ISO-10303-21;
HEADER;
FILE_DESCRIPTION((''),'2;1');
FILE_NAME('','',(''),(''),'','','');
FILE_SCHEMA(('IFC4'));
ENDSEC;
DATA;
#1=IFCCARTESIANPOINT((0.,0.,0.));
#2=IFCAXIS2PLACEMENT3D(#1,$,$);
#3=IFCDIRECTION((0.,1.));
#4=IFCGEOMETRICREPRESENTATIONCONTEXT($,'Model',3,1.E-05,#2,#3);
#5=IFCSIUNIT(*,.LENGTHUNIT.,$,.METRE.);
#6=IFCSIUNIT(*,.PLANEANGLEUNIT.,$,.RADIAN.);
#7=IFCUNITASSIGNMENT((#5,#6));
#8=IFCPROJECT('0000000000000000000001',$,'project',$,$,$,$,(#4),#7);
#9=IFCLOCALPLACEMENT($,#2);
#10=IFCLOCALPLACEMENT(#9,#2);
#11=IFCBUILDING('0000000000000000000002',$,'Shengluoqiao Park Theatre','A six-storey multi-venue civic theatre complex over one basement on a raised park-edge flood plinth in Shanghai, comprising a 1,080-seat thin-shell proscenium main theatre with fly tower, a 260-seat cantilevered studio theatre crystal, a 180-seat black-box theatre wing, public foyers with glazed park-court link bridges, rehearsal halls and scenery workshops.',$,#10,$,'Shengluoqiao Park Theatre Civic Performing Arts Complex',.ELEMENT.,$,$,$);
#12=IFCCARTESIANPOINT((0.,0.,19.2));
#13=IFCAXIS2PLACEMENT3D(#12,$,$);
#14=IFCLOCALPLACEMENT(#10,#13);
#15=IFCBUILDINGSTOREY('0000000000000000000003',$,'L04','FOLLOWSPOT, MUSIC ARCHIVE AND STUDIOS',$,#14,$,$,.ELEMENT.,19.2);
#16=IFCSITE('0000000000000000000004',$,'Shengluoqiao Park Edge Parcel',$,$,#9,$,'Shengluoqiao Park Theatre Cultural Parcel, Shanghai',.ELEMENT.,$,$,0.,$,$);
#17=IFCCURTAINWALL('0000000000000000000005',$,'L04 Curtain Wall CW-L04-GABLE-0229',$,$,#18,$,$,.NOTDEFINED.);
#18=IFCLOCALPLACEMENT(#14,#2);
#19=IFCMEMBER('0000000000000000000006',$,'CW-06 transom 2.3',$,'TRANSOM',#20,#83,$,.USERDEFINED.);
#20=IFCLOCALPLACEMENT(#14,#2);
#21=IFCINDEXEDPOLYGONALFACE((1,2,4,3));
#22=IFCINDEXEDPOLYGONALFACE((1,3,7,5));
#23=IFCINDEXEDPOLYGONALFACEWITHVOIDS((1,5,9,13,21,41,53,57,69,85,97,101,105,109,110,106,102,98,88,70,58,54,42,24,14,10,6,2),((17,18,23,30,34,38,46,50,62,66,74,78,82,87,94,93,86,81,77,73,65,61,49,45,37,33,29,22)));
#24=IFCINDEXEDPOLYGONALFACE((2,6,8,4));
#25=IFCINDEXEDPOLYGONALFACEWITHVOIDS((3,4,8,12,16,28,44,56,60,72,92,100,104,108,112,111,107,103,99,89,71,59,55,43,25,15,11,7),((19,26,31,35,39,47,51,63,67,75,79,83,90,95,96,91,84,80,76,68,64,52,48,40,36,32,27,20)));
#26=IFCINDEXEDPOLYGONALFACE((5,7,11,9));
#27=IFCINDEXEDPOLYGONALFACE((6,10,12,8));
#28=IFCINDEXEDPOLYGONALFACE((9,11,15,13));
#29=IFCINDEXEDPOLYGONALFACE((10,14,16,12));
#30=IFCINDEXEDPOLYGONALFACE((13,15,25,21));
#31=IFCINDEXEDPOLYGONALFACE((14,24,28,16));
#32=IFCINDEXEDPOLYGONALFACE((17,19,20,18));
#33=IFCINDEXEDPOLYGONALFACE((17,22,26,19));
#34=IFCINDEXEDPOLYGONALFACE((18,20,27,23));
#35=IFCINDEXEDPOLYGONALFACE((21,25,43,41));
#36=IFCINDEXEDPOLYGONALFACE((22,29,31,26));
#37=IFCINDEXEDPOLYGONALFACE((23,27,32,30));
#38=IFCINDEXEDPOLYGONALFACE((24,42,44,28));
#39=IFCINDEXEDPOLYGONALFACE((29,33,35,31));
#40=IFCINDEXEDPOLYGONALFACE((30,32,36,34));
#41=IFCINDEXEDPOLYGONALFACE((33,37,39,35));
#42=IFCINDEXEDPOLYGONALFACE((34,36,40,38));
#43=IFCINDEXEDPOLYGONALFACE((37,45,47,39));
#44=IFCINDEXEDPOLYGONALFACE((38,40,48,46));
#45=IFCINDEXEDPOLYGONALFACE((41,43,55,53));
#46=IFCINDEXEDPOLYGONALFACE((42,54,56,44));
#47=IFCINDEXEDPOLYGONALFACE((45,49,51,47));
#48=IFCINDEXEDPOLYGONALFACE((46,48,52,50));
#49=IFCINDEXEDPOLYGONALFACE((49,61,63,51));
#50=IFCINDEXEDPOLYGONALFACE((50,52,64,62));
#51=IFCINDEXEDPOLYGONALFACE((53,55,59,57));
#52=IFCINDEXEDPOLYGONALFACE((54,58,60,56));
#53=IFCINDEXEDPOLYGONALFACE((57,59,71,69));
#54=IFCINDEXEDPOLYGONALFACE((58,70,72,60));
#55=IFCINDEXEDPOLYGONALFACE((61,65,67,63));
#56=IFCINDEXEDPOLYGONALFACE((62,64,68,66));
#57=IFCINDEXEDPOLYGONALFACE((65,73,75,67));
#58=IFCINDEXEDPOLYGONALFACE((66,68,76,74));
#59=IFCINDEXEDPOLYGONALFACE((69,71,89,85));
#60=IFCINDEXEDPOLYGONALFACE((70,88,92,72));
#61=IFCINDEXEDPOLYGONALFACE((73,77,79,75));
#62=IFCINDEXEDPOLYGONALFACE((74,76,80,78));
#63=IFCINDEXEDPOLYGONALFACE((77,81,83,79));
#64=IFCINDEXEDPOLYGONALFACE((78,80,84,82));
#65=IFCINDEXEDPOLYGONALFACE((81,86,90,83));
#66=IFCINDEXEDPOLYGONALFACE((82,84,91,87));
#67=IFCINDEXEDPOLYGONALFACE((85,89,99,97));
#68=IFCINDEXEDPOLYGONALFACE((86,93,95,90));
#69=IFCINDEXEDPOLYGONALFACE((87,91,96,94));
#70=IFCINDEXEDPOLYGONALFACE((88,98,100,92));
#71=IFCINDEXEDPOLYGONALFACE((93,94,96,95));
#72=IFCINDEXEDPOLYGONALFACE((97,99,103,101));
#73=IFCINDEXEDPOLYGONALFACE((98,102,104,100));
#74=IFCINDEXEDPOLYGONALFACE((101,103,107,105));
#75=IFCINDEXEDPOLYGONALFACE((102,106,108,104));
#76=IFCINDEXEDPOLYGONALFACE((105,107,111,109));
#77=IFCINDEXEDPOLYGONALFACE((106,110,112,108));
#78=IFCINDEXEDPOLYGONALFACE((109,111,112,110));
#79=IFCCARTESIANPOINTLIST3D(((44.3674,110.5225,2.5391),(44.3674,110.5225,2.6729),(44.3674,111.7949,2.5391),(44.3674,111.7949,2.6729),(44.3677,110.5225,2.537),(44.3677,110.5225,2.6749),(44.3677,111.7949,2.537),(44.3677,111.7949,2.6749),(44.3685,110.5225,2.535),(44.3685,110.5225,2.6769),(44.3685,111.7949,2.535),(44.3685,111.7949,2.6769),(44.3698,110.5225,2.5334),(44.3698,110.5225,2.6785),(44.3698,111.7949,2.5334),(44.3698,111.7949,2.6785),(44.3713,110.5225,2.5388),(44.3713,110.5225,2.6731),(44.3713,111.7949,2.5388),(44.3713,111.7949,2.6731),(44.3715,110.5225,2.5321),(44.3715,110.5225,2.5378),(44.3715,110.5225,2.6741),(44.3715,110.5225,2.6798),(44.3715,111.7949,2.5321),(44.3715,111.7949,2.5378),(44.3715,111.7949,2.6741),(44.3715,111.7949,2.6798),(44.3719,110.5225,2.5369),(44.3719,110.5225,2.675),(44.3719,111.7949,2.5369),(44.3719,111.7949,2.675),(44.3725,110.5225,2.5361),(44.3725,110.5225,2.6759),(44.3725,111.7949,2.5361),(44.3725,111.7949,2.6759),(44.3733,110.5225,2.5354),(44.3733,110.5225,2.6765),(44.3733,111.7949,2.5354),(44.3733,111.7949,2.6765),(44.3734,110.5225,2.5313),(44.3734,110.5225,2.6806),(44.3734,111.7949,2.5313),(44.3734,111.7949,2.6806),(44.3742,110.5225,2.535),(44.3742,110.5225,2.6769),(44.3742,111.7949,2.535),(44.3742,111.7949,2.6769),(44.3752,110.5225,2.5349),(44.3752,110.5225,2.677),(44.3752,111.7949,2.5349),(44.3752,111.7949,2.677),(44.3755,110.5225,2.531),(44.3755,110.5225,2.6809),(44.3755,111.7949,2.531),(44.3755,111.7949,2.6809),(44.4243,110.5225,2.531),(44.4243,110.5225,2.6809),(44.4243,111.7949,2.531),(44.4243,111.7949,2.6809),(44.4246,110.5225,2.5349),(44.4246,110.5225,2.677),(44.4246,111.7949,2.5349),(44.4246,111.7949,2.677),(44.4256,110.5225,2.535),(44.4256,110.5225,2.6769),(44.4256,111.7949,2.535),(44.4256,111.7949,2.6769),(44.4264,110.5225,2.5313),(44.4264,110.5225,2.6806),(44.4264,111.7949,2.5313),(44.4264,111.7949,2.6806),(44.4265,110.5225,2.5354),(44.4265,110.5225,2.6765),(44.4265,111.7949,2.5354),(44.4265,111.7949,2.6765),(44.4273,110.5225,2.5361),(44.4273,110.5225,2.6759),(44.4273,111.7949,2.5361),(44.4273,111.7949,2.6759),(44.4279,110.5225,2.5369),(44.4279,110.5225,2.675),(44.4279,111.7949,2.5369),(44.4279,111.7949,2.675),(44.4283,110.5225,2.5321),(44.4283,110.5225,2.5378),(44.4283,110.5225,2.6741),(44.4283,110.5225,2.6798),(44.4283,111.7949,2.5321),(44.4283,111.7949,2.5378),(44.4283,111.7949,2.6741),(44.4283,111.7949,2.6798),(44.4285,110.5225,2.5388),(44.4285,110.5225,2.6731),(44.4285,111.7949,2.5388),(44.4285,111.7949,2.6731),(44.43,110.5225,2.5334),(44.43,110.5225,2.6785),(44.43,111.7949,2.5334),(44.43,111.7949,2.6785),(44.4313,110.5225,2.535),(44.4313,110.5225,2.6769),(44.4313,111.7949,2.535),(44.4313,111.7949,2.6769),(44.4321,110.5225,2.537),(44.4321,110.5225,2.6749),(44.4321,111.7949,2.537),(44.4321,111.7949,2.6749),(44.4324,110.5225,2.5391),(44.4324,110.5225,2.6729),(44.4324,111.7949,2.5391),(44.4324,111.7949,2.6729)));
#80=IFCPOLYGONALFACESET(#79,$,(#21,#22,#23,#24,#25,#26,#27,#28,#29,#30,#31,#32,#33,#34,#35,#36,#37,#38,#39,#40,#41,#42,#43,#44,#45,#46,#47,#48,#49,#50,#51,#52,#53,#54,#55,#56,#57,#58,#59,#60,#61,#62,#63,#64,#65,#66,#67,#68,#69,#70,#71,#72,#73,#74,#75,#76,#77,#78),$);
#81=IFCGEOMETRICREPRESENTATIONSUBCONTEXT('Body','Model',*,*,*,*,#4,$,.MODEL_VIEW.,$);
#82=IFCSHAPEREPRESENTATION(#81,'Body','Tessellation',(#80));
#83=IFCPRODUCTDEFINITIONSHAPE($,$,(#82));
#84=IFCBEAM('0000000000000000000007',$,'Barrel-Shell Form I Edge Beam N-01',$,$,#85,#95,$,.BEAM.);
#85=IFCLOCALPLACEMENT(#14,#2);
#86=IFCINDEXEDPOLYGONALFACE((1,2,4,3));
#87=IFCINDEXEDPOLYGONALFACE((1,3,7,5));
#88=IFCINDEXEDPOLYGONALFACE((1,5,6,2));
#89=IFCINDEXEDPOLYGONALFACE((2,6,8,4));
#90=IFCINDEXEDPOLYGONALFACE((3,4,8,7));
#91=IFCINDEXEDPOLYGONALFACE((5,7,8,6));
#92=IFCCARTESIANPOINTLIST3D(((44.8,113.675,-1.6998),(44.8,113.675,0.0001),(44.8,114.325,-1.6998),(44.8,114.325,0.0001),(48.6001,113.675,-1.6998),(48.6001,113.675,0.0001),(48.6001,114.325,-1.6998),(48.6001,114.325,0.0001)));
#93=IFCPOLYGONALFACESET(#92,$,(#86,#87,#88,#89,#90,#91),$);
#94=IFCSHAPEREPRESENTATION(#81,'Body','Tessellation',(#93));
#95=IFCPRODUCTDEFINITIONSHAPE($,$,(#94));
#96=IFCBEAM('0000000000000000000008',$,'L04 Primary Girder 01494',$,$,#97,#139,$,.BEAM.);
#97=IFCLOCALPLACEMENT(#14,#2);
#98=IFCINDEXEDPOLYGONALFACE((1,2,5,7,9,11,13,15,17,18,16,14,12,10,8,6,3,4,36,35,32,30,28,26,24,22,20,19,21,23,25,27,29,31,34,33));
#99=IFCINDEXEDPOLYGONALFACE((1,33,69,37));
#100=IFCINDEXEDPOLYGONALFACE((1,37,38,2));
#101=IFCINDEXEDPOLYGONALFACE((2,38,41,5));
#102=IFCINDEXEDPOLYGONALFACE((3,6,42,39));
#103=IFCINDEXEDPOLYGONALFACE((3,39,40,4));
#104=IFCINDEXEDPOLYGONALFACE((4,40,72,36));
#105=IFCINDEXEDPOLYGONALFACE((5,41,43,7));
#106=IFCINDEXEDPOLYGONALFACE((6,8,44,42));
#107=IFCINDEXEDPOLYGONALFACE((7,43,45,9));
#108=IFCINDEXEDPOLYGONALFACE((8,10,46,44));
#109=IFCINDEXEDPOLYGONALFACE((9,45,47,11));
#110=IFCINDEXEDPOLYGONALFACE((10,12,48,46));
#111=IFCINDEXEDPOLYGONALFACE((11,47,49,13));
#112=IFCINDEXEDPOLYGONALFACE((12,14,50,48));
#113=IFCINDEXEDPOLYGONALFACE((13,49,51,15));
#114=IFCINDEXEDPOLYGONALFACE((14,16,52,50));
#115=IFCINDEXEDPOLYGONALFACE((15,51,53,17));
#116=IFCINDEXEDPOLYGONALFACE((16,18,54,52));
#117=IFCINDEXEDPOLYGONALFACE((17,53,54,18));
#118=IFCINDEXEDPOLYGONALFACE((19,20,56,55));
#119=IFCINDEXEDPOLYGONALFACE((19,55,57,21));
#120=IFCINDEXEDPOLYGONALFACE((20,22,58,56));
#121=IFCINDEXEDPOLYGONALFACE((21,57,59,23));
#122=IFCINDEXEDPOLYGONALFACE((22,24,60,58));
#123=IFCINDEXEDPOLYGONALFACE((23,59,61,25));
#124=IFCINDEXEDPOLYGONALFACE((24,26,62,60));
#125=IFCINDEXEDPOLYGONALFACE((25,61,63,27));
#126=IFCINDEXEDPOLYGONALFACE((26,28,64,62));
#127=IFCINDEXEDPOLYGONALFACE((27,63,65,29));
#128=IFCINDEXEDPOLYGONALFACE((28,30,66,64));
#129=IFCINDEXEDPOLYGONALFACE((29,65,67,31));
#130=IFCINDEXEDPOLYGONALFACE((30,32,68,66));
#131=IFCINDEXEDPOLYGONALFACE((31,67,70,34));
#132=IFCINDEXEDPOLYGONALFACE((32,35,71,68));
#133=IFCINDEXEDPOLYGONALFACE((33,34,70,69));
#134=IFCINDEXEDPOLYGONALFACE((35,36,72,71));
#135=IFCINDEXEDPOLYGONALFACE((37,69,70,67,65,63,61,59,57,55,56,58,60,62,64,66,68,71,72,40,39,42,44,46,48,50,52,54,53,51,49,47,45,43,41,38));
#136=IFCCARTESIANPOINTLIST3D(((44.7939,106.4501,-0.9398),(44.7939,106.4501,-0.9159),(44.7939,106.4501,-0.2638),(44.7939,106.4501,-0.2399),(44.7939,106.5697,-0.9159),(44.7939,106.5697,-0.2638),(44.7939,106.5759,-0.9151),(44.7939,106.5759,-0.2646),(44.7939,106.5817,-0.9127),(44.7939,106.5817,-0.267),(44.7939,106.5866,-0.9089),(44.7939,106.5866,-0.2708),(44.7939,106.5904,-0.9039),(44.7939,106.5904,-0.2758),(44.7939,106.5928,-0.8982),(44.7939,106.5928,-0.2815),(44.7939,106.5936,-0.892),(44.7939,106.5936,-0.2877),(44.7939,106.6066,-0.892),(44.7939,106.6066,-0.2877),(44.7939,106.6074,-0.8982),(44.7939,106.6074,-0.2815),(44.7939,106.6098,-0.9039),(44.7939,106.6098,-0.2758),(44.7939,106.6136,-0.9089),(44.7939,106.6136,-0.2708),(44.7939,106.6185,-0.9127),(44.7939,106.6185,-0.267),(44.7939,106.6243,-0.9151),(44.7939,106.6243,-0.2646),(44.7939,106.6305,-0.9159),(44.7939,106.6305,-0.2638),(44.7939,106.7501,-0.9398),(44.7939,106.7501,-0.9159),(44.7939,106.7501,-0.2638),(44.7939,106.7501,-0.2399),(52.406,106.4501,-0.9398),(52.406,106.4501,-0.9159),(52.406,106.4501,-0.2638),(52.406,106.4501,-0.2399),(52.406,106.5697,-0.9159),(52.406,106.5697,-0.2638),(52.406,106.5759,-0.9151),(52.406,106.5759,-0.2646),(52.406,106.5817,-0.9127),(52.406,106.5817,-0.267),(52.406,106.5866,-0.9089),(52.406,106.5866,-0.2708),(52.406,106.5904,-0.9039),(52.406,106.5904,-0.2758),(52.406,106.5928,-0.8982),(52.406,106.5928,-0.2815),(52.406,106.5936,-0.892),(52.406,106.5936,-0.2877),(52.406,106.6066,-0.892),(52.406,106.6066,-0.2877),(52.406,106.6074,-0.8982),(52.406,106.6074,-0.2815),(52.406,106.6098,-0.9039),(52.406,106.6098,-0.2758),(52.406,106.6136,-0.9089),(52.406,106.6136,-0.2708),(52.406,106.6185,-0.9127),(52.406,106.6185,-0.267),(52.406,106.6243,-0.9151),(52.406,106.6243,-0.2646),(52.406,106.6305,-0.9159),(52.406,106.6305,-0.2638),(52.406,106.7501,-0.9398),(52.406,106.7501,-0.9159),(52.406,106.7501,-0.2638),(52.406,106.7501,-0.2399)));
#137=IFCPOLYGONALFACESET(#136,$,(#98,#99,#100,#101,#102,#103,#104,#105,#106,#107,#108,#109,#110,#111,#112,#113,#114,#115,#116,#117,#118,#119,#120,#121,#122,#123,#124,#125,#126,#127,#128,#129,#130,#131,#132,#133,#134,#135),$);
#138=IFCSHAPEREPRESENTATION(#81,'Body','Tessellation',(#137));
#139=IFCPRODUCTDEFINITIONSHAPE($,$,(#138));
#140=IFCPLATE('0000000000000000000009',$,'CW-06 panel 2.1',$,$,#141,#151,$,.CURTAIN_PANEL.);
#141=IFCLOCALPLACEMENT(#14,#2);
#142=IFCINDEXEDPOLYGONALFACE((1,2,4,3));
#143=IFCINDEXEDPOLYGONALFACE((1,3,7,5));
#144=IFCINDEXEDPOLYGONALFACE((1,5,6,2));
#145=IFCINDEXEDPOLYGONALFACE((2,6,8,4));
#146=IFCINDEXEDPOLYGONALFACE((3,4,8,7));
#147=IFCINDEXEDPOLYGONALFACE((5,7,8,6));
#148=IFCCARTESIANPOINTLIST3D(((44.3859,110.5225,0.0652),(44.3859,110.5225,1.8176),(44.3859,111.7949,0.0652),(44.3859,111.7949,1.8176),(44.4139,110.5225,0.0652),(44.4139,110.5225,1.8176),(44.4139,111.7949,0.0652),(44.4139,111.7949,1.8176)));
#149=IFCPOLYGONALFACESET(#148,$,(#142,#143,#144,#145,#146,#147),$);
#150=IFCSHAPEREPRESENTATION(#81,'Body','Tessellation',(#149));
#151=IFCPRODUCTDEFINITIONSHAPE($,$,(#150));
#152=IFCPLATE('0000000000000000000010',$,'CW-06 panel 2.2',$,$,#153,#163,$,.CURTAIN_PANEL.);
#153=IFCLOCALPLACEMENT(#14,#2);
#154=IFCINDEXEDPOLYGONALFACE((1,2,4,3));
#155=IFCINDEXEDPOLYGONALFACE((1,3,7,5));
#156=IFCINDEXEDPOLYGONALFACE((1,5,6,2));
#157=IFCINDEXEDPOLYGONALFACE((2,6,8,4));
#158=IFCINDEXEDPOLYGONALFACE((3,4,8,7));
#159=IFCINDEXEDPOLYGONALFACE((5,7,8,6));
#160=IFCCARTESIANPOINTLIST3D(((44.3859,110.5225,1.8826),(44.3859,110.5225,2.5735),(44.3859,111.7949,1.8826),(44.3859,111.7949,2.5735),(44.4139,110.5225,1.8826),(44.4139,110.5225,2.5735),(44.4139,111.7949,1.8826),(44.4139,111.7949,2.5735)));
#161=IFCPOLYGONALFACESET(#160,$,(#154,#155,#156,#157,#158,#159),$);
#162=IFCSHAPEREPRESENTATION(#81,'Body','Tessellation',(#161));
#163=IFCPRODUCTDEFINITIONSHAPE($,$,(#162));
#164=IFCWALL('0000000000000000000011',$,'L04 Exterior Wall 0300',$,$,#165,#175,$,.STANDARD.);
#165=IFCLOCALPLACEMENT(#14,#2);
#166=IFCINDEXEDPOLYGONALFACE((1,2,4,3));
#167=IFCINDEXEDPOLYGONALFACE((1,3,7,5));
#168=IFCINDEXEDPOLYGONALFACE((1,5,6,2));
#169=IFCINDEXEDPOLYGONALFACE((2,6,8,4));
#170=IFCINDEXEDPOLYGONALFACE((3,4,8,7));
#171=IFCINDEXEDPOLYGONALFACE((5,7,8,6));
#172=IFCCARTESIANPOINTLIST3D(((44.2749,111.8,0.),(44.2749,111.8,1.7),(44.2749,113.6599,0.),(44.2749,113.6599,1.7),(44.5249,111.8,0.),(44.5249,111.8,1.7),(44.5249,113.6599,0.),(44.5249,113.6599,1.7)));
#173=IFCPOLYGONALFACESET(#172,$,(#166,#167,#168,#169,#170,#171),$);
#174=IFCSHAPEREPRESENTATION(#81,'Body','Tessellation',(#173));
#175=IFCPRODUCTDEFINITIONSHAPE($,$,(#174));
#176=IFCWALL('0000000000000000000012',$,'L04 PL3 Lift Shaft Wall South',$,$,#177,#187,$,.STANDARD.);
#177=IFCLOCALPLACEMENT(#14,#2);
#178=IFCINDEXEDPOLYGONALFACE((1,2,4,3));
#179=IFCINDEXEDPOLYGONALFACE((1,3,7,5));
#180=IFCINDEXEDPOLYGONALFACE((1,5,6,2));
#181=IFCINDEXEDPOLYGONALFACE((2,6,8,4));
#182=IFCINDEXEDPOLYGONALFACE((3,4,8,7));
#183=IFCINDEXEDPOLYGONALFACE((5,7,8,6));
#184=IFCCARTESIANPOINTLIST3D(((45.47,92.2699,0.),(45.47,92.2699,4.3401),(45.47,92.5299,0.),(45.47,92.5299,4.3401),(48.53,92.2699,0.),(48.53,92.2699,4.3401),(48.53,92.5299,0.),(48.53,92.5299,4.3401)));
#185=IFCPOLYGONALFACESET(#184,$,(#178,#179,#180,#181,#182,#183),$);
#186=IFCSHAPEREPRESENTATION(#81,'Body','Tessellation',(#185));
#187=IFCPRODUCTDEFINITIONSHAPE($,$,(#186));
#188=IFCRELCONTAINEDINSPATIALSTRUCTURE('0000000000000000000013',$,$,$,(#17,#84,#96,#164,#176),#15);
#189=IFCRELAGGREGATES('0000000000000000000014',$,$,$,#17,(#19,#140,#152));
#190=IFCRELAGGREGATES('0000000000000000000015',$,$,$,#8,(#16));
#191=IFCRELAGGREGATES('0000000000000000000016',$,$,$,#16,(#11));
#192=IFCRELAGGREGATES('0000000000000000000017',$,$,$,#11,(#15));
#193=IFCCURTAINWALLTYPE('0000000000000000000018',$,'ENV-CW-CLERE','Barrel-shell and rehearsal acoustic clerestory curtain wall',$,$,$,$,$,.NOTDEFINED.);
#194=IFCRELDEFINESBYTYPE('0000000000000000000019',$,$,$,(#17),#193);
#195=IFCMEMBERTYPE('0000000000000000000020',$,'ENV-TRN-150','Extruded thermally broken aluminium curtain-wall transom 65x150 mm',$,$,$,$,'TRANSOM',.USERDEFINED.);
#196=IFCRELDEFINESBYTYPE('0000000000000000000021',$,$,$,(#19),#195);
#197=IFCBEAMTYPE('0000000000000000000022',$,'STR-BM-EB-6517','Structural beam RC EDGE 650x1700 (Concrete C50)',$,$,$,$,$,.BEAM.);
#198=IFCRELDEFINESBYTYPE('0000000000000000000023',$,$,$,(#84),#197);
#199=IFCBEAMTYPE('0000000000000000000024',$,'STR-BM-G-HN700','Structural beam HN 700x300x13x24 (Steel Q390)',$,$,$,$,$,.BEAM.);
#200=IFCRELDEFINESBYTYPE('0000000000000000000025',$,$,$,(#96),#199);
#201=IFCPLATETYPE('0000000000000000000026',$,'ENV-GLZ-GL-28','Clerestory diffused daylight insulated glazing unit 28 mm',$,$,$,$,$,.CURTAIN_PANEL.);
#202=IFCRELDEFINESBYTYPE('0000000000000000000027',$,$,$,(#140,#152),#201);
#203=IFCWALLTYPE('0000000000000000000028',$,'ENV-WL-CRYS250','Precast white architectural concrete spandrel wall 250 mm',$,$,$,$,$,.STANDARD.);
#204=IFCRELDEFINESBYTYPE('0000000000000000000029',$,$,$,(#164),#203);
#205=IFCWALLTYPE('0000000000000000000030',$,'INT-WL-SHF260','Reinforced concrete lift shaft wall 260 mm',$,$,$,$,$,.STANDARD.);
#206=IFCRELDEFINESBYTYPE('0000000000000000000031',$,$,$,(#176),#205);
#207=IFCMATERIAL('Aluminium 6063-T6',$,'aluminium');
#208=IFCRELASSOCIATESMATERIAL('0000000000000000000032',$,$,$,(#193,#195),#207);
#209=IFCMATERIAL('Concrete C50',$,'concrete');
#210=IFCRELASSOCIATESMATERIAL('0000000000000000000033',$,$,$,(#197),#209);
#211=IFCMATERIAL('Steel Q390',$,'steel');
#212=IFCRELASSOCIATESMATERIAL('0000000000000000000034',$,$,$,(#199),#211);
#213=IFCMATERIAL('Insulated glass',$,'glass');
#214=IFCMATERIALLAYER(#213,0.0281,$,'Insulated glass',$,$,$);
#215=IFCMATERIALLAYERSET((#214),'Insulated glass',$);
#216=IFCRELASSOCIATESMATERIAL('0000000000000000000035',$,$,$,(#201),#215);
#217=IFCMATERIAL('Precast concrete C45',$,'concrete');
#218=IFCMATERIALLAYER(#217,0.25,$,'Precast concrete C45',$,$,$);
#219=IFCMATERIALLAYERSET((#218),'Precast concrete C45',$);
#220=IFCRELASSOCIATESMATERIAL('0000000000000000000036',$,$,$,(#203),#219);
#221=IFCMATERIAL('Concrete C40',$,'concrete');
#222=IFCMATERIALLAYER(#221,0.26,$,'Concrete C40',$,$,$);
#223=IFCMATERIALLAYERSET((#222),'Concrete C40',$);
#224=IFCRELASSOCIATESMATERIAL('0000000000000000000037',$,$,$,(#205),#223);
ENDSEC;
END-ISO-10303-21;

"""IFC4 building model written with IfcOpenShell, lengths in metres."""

from ifc_helpers import new_model, si_unit, direction, frame, frame_2d, origin, origin_2d, place, context, subcontext, project, spatial, rectangle, hollow_rectangle, i_section, extrude, material, layer, layer_set, material_profile, profile_set, type_object, element, aggregate, save


model = new_model("IFC4")

# Units and contexts
model_context = context("Model", 3, precision=1e-05, world=origin(), true_north=direction((0.0, 1.0)))
body_context = subcontext(model_context, "Body", "Model", "MODEL_VIEW")
ifc_project = project(units=[si_unit("LENGTHUNIT", "METRE"), si_unit("PLANEANGLEUNIT", "RADIAN")], contexts=[model_context])

# Site, building, storey
site_placement = place(None, origin())
site = spatial("IfcSite", under=ifc_project, at=site_placement, Name="Shengluoqiao Park Edge Parcel", LongName="Shengluoqiao Park Theatre Cultural Parcel, Shanghai", CompositionType="ELEMENT", RefElevation=0.0)
building_placement = place(site_placement, origin())
building = spatial("IfcBuilding", under=site, at=building_placement, Name="Shengluoqiao Park Theatre", Description="A six-storey multi-venue civic theatre complex over one basement on a raised park-edge flood plinth in Shanghai, comprising a 1,080-seat thin-shell proscenium main theatre with fly tower, a 260-seat cantilevered studio theatre crystal, a 180-seat black-box theatre wing, public foyers with glazed park-court link bridges, rehearsal halls and scenery workshops.", LongName="Shengluoqiao Park Theatre Civic Performing Arts Complex", CompositionType="ELEMENT")
storey_placement = place(building_placement, frame((0.0, 0.0, 19.2)))
storey = spatial("IfcBuildingStorey", under=building, at=storey_placement, Name="L04", Description="FOLLOWSPOT, MUSIC ARCHIVE AND STUDIOS", CompositionType="ELEMENT", Elevation=19.2)

# Curtain wall, member
ifc_material_1 = material(Name="Aluminium 6063-T6", Category="aluminium")
curtain_wall_type = type_object("IfcCurtainWallType", Name="ENV-CW-CLERE", Description="Barrel-shell and rehearsal acoustic clerestory curtain wall", PredefinedType="NOTDEFINED", material=ifc_material_1)
curtain_wall_placement = place(storey_placement, origin())
curtain_wall = element("IfcCurtainWall", 1, at=curtain_wall_placement, inside=storey, type_object=curtain_wall_type, Name="L04 Curtain Wall CW-L04-GABLE-0229", PredefinedType="NOTDEFINED")
ifc_material_profile_1 = material_profile(ifc_material_1, hollow_rectangle(XDim=0.0649, YDim=0.1499, WallThickness=0.0039, InnerFilletRadius=0.0039, OuterFilletRadius=0.0081, at=origin_2d()), Name="ALU TRANSOM 150x65x4")
ifc_profile_set_1 = profile_set([ifc_material_profile_1], Name="Aluminium 6063-T6")
member_type_1 = type_object("IfcMemberType", Name="ENV-TRN-150", Description="Extruded thermally broken aluminium curtain-wall transom 65x150 mm", ElementType="TRANSOM", PredefinedType="USERDEFINED", material=ifc_profile_set_1)
member_1_placement = place(storey_placement, frame((44.3999, 110.5225, 2.606), z_axis=(0.0, 1.0, 0.0), x_axis=(-1.0, 0.0, 0.0)))
member_1 = element("IfcMember", 2, at=member_1_placement, type_object=member_type_1, Name="CW-06 transom 2.3", ObjectType="TRANSOM", PredefinedType="USERDEFINED", context=body_context, shape_type="SweptSolid", body=[
    extrude(hollow_rectangle(XDim=0.0649, YDim=0.1499, WallThickness=0.0039, InnerFilletRadius=0.0039, OuterFilletRadius=0.0081, at=origin_2d()), origin(), (0.0, 0.0, 1.0), 1.2725),
])

# Beams
ifc_material_2 = material(Name="Concrete C50", Category="concrete")
ifc_material_profile_2 = material_profile(ifc_material_2, rectangle(XDim=0.6499, YDim=1.7, at=origin_2d()), Name="RC EDGE 650x1700")
ifc_profile_set_2 = profile_set([ifc_material_profile_2], Name="Concrete C50")
beam_type_1 = type_object("IfcBeamType", Name="STR-BM-EB-6517", Description="Structural beam RC EDGE 650x1700 (Concrete C50)", PredefinedType="BEAM", material=ifc_profile_set_2)
beam_1_placement = place(storey_placement, frame((44.8, 114.0, -0.8499), z_axis=(1.0, 0.0, 0.0), x_axis=(0.0, 1.0, 0.0)))
element("IfcBeam", 3, at=beam_1_placement, inside=storey, type_object=beam_type_1, Name="Barrel-Shell Form I Edge Beam N-01", PredefinedType="BEAM", context=body_context, shape_type="SweptSolid", body=[
    extrude(rectangle(XDim=0.6499, YDim=1.7, at=origin_2d()), origin(), (0.0, 0.0, 1.0), 3.8),
])
ifc_material_3 = material(Name="Steel Q390", Category="steel")
ifc_material_profile_3 = material_profile(ifc_material_3, i_section(OverallWidth=0.3, OverallDepth=0.7, WebThickness=0.0129, FlangeThickness=0.0239, FilletRadius=0.0239, at=origin_2d()), Name="HN 700x300x13x24")
ifc_profile_set_3 = profile_set([ifc_material_profile_3], Name="Steel Q390")
beam_type_2 = type_object("IfcBeamType", Name="STR-BM-G-HN700", Description="Structural beam HN 700x300x13x24 (Steel Q390)", PredefinedType="BEAM", material=ifc_profile_set_3)
beam_2_placement = place(storey_placement, frame((44.7939, 106.6001, -0.5898), z_axis=(1.0, 0.0, 0.0), x_axis=(0.0, 1.0, 0.0)))
element("IfcBeam", 4, at=beam_2_placement, inside=storey, type_object=beam_type_2, Name="L04 Primary Girder 01494", PredefinedType="BEAM", context=body_context, shape_type="SweptSolid", body=[
    extrude(i_section(OverallWidth=0.3, OverallDepth=0.7, WebThickness=0.0129, FlangeThickness=0.0239, FilletRadius=0.0239, at=origin_2d()), origin(), (0.0, 0.0, 1.0), 7.6121),
])

# Plates
ifc_material_4 = material(Name="Insulated glass", Category="glass")
ifc_layer_1 = layer(ifc_material_4, 0.0281, Name="Insulated glass")
ifc_layer_set_1 = layer_set([ifc_layer_1], Name="Insulated glass")
plate_type = type_object("IfcPlateType", Name="ENV-GLZ-GL-28", Description="Clerestory diffused daylight insulated glazing unit 28 mm", PredefinedType="CURTAIN_PANEL", material=ifc_layer_set_1)
plate_1_placement = place(storey_placement, frame((44.3999, 111.1587, 0.0652), z_axis=(0.0, 0.0, 1.0), x_axis=(0.0, 1.0, 0.0)))
plate_1 = element("IfcPlate", 5, at=plate_1_placement, type_object=plate_type, Name="CW-06 panel 2.1", PredefinedType="CURTAIN_PANEL", context=body_context, shape_type="SweptSolid", body=[
    extrude(rectangle(XDim=1.2725, YDim=0.0281, at=origin_2d()), origin(), (0.0, 0.0, 1.0), 1.7524),
])
plate_2_placement = place(storey_placement, frame((44.3999, 111.1587, 1.8826), z_axis=(0.0, 0.0, 1.0), x_axis=(0.0, 1.0, 0.0)))
plate_2 = element("IfcPlate", 6, at=plate_2_placement, type_object=plate_type, Name="CW-06 panel 2.2", PredefinedType="CURTAIN_PANEL", context=body_context, shape_type="SweptSolid", body=[
    extrude(rectangle(XDim=1.2725, YDim=0.0281, at=origin_2d()), origin(), (0.0, 0.0, 1.0), 0.6909),
])
aggregate(curtain_wall, [member_1, plate_1, plate_2])

# Walls
ifc_material_5 = material(Name="Precast concrete C45", Category="concrete")
ifc_layer_2 = layer(ifc_material_5, 0.25, Name="Precast concrete C45")
ifc_layer_set_2 = layer_set([ifc_layer_2], Name="Precast concrete C45")
wall_type_1 = type_object("IfcWallType", Name="ENV-WL-CRYS250", Description="Precast white architectural concrete spandrel wall 250 mm", PredefinedType="STANDARD", material=ifc_layer_set_2)
wall_1_placement = place(storey_placement, frame((44.3999, 111.8, 0.0), z_axis=(0.0, 0.0, 1.0), x_axis=(0.0, 1.0, 0.0)))
element("IfcWall", 7, at=wall_1_placement, inside=storey, type_object=wall_type_1, Name="L04 Exterior Wall 0300", PredefinedType="STANDARD", context=body_context, shape_type="SweptSolid", body=[
    extrude(rectangle(XDim=1.8599, YDim=0.25, at=frame_2d((0.9299, 0.0))), origin(), (0.0, 0.0, 1.0), 1.7),
])
ifc_material_6 = material(Name="Concrete C40", Category="concrete")
ifc_layer_3 = layer(ifc_material_6, 0.26, Name="Concrete C40")
ifc_layer_set_3 = layer_set([ifc_layer_3], Name="Concrete C40")
wall_type_2 = type_object("IfcWallType", Name="INT-WL-SHF260", Description="Reinforced concrete lift shaft wall 260 mm", PredefinedType="STANDARD", material=ifc_layer_set_3)
for number, where, z_axis, x_axis, name in (
    (8, (45.47, 92.3999, 0.0), (0.0, 0.0, 1.0), (1.0, 0.0, 0.0), "L04 PL3 Lift Shaft Wall South"),
):
    element("IfcWall", number, at=place(storey_placement, frame(where, z_axis=z_axis, x_axis=x_axis)), inside=storey, type_object=wall_type_2, Name=name, PredefinedType="STANDARD", context=body_context, shape_type="SweptSolid", body=[
        extrude(rectangle(XDim=3.0601, YDim=0.26, at=frame_2d((1.53, 0.0))), origin(), (0.0, 0.0, 1.0), 4.3401),
    ])

save(model, "model.ifc")
